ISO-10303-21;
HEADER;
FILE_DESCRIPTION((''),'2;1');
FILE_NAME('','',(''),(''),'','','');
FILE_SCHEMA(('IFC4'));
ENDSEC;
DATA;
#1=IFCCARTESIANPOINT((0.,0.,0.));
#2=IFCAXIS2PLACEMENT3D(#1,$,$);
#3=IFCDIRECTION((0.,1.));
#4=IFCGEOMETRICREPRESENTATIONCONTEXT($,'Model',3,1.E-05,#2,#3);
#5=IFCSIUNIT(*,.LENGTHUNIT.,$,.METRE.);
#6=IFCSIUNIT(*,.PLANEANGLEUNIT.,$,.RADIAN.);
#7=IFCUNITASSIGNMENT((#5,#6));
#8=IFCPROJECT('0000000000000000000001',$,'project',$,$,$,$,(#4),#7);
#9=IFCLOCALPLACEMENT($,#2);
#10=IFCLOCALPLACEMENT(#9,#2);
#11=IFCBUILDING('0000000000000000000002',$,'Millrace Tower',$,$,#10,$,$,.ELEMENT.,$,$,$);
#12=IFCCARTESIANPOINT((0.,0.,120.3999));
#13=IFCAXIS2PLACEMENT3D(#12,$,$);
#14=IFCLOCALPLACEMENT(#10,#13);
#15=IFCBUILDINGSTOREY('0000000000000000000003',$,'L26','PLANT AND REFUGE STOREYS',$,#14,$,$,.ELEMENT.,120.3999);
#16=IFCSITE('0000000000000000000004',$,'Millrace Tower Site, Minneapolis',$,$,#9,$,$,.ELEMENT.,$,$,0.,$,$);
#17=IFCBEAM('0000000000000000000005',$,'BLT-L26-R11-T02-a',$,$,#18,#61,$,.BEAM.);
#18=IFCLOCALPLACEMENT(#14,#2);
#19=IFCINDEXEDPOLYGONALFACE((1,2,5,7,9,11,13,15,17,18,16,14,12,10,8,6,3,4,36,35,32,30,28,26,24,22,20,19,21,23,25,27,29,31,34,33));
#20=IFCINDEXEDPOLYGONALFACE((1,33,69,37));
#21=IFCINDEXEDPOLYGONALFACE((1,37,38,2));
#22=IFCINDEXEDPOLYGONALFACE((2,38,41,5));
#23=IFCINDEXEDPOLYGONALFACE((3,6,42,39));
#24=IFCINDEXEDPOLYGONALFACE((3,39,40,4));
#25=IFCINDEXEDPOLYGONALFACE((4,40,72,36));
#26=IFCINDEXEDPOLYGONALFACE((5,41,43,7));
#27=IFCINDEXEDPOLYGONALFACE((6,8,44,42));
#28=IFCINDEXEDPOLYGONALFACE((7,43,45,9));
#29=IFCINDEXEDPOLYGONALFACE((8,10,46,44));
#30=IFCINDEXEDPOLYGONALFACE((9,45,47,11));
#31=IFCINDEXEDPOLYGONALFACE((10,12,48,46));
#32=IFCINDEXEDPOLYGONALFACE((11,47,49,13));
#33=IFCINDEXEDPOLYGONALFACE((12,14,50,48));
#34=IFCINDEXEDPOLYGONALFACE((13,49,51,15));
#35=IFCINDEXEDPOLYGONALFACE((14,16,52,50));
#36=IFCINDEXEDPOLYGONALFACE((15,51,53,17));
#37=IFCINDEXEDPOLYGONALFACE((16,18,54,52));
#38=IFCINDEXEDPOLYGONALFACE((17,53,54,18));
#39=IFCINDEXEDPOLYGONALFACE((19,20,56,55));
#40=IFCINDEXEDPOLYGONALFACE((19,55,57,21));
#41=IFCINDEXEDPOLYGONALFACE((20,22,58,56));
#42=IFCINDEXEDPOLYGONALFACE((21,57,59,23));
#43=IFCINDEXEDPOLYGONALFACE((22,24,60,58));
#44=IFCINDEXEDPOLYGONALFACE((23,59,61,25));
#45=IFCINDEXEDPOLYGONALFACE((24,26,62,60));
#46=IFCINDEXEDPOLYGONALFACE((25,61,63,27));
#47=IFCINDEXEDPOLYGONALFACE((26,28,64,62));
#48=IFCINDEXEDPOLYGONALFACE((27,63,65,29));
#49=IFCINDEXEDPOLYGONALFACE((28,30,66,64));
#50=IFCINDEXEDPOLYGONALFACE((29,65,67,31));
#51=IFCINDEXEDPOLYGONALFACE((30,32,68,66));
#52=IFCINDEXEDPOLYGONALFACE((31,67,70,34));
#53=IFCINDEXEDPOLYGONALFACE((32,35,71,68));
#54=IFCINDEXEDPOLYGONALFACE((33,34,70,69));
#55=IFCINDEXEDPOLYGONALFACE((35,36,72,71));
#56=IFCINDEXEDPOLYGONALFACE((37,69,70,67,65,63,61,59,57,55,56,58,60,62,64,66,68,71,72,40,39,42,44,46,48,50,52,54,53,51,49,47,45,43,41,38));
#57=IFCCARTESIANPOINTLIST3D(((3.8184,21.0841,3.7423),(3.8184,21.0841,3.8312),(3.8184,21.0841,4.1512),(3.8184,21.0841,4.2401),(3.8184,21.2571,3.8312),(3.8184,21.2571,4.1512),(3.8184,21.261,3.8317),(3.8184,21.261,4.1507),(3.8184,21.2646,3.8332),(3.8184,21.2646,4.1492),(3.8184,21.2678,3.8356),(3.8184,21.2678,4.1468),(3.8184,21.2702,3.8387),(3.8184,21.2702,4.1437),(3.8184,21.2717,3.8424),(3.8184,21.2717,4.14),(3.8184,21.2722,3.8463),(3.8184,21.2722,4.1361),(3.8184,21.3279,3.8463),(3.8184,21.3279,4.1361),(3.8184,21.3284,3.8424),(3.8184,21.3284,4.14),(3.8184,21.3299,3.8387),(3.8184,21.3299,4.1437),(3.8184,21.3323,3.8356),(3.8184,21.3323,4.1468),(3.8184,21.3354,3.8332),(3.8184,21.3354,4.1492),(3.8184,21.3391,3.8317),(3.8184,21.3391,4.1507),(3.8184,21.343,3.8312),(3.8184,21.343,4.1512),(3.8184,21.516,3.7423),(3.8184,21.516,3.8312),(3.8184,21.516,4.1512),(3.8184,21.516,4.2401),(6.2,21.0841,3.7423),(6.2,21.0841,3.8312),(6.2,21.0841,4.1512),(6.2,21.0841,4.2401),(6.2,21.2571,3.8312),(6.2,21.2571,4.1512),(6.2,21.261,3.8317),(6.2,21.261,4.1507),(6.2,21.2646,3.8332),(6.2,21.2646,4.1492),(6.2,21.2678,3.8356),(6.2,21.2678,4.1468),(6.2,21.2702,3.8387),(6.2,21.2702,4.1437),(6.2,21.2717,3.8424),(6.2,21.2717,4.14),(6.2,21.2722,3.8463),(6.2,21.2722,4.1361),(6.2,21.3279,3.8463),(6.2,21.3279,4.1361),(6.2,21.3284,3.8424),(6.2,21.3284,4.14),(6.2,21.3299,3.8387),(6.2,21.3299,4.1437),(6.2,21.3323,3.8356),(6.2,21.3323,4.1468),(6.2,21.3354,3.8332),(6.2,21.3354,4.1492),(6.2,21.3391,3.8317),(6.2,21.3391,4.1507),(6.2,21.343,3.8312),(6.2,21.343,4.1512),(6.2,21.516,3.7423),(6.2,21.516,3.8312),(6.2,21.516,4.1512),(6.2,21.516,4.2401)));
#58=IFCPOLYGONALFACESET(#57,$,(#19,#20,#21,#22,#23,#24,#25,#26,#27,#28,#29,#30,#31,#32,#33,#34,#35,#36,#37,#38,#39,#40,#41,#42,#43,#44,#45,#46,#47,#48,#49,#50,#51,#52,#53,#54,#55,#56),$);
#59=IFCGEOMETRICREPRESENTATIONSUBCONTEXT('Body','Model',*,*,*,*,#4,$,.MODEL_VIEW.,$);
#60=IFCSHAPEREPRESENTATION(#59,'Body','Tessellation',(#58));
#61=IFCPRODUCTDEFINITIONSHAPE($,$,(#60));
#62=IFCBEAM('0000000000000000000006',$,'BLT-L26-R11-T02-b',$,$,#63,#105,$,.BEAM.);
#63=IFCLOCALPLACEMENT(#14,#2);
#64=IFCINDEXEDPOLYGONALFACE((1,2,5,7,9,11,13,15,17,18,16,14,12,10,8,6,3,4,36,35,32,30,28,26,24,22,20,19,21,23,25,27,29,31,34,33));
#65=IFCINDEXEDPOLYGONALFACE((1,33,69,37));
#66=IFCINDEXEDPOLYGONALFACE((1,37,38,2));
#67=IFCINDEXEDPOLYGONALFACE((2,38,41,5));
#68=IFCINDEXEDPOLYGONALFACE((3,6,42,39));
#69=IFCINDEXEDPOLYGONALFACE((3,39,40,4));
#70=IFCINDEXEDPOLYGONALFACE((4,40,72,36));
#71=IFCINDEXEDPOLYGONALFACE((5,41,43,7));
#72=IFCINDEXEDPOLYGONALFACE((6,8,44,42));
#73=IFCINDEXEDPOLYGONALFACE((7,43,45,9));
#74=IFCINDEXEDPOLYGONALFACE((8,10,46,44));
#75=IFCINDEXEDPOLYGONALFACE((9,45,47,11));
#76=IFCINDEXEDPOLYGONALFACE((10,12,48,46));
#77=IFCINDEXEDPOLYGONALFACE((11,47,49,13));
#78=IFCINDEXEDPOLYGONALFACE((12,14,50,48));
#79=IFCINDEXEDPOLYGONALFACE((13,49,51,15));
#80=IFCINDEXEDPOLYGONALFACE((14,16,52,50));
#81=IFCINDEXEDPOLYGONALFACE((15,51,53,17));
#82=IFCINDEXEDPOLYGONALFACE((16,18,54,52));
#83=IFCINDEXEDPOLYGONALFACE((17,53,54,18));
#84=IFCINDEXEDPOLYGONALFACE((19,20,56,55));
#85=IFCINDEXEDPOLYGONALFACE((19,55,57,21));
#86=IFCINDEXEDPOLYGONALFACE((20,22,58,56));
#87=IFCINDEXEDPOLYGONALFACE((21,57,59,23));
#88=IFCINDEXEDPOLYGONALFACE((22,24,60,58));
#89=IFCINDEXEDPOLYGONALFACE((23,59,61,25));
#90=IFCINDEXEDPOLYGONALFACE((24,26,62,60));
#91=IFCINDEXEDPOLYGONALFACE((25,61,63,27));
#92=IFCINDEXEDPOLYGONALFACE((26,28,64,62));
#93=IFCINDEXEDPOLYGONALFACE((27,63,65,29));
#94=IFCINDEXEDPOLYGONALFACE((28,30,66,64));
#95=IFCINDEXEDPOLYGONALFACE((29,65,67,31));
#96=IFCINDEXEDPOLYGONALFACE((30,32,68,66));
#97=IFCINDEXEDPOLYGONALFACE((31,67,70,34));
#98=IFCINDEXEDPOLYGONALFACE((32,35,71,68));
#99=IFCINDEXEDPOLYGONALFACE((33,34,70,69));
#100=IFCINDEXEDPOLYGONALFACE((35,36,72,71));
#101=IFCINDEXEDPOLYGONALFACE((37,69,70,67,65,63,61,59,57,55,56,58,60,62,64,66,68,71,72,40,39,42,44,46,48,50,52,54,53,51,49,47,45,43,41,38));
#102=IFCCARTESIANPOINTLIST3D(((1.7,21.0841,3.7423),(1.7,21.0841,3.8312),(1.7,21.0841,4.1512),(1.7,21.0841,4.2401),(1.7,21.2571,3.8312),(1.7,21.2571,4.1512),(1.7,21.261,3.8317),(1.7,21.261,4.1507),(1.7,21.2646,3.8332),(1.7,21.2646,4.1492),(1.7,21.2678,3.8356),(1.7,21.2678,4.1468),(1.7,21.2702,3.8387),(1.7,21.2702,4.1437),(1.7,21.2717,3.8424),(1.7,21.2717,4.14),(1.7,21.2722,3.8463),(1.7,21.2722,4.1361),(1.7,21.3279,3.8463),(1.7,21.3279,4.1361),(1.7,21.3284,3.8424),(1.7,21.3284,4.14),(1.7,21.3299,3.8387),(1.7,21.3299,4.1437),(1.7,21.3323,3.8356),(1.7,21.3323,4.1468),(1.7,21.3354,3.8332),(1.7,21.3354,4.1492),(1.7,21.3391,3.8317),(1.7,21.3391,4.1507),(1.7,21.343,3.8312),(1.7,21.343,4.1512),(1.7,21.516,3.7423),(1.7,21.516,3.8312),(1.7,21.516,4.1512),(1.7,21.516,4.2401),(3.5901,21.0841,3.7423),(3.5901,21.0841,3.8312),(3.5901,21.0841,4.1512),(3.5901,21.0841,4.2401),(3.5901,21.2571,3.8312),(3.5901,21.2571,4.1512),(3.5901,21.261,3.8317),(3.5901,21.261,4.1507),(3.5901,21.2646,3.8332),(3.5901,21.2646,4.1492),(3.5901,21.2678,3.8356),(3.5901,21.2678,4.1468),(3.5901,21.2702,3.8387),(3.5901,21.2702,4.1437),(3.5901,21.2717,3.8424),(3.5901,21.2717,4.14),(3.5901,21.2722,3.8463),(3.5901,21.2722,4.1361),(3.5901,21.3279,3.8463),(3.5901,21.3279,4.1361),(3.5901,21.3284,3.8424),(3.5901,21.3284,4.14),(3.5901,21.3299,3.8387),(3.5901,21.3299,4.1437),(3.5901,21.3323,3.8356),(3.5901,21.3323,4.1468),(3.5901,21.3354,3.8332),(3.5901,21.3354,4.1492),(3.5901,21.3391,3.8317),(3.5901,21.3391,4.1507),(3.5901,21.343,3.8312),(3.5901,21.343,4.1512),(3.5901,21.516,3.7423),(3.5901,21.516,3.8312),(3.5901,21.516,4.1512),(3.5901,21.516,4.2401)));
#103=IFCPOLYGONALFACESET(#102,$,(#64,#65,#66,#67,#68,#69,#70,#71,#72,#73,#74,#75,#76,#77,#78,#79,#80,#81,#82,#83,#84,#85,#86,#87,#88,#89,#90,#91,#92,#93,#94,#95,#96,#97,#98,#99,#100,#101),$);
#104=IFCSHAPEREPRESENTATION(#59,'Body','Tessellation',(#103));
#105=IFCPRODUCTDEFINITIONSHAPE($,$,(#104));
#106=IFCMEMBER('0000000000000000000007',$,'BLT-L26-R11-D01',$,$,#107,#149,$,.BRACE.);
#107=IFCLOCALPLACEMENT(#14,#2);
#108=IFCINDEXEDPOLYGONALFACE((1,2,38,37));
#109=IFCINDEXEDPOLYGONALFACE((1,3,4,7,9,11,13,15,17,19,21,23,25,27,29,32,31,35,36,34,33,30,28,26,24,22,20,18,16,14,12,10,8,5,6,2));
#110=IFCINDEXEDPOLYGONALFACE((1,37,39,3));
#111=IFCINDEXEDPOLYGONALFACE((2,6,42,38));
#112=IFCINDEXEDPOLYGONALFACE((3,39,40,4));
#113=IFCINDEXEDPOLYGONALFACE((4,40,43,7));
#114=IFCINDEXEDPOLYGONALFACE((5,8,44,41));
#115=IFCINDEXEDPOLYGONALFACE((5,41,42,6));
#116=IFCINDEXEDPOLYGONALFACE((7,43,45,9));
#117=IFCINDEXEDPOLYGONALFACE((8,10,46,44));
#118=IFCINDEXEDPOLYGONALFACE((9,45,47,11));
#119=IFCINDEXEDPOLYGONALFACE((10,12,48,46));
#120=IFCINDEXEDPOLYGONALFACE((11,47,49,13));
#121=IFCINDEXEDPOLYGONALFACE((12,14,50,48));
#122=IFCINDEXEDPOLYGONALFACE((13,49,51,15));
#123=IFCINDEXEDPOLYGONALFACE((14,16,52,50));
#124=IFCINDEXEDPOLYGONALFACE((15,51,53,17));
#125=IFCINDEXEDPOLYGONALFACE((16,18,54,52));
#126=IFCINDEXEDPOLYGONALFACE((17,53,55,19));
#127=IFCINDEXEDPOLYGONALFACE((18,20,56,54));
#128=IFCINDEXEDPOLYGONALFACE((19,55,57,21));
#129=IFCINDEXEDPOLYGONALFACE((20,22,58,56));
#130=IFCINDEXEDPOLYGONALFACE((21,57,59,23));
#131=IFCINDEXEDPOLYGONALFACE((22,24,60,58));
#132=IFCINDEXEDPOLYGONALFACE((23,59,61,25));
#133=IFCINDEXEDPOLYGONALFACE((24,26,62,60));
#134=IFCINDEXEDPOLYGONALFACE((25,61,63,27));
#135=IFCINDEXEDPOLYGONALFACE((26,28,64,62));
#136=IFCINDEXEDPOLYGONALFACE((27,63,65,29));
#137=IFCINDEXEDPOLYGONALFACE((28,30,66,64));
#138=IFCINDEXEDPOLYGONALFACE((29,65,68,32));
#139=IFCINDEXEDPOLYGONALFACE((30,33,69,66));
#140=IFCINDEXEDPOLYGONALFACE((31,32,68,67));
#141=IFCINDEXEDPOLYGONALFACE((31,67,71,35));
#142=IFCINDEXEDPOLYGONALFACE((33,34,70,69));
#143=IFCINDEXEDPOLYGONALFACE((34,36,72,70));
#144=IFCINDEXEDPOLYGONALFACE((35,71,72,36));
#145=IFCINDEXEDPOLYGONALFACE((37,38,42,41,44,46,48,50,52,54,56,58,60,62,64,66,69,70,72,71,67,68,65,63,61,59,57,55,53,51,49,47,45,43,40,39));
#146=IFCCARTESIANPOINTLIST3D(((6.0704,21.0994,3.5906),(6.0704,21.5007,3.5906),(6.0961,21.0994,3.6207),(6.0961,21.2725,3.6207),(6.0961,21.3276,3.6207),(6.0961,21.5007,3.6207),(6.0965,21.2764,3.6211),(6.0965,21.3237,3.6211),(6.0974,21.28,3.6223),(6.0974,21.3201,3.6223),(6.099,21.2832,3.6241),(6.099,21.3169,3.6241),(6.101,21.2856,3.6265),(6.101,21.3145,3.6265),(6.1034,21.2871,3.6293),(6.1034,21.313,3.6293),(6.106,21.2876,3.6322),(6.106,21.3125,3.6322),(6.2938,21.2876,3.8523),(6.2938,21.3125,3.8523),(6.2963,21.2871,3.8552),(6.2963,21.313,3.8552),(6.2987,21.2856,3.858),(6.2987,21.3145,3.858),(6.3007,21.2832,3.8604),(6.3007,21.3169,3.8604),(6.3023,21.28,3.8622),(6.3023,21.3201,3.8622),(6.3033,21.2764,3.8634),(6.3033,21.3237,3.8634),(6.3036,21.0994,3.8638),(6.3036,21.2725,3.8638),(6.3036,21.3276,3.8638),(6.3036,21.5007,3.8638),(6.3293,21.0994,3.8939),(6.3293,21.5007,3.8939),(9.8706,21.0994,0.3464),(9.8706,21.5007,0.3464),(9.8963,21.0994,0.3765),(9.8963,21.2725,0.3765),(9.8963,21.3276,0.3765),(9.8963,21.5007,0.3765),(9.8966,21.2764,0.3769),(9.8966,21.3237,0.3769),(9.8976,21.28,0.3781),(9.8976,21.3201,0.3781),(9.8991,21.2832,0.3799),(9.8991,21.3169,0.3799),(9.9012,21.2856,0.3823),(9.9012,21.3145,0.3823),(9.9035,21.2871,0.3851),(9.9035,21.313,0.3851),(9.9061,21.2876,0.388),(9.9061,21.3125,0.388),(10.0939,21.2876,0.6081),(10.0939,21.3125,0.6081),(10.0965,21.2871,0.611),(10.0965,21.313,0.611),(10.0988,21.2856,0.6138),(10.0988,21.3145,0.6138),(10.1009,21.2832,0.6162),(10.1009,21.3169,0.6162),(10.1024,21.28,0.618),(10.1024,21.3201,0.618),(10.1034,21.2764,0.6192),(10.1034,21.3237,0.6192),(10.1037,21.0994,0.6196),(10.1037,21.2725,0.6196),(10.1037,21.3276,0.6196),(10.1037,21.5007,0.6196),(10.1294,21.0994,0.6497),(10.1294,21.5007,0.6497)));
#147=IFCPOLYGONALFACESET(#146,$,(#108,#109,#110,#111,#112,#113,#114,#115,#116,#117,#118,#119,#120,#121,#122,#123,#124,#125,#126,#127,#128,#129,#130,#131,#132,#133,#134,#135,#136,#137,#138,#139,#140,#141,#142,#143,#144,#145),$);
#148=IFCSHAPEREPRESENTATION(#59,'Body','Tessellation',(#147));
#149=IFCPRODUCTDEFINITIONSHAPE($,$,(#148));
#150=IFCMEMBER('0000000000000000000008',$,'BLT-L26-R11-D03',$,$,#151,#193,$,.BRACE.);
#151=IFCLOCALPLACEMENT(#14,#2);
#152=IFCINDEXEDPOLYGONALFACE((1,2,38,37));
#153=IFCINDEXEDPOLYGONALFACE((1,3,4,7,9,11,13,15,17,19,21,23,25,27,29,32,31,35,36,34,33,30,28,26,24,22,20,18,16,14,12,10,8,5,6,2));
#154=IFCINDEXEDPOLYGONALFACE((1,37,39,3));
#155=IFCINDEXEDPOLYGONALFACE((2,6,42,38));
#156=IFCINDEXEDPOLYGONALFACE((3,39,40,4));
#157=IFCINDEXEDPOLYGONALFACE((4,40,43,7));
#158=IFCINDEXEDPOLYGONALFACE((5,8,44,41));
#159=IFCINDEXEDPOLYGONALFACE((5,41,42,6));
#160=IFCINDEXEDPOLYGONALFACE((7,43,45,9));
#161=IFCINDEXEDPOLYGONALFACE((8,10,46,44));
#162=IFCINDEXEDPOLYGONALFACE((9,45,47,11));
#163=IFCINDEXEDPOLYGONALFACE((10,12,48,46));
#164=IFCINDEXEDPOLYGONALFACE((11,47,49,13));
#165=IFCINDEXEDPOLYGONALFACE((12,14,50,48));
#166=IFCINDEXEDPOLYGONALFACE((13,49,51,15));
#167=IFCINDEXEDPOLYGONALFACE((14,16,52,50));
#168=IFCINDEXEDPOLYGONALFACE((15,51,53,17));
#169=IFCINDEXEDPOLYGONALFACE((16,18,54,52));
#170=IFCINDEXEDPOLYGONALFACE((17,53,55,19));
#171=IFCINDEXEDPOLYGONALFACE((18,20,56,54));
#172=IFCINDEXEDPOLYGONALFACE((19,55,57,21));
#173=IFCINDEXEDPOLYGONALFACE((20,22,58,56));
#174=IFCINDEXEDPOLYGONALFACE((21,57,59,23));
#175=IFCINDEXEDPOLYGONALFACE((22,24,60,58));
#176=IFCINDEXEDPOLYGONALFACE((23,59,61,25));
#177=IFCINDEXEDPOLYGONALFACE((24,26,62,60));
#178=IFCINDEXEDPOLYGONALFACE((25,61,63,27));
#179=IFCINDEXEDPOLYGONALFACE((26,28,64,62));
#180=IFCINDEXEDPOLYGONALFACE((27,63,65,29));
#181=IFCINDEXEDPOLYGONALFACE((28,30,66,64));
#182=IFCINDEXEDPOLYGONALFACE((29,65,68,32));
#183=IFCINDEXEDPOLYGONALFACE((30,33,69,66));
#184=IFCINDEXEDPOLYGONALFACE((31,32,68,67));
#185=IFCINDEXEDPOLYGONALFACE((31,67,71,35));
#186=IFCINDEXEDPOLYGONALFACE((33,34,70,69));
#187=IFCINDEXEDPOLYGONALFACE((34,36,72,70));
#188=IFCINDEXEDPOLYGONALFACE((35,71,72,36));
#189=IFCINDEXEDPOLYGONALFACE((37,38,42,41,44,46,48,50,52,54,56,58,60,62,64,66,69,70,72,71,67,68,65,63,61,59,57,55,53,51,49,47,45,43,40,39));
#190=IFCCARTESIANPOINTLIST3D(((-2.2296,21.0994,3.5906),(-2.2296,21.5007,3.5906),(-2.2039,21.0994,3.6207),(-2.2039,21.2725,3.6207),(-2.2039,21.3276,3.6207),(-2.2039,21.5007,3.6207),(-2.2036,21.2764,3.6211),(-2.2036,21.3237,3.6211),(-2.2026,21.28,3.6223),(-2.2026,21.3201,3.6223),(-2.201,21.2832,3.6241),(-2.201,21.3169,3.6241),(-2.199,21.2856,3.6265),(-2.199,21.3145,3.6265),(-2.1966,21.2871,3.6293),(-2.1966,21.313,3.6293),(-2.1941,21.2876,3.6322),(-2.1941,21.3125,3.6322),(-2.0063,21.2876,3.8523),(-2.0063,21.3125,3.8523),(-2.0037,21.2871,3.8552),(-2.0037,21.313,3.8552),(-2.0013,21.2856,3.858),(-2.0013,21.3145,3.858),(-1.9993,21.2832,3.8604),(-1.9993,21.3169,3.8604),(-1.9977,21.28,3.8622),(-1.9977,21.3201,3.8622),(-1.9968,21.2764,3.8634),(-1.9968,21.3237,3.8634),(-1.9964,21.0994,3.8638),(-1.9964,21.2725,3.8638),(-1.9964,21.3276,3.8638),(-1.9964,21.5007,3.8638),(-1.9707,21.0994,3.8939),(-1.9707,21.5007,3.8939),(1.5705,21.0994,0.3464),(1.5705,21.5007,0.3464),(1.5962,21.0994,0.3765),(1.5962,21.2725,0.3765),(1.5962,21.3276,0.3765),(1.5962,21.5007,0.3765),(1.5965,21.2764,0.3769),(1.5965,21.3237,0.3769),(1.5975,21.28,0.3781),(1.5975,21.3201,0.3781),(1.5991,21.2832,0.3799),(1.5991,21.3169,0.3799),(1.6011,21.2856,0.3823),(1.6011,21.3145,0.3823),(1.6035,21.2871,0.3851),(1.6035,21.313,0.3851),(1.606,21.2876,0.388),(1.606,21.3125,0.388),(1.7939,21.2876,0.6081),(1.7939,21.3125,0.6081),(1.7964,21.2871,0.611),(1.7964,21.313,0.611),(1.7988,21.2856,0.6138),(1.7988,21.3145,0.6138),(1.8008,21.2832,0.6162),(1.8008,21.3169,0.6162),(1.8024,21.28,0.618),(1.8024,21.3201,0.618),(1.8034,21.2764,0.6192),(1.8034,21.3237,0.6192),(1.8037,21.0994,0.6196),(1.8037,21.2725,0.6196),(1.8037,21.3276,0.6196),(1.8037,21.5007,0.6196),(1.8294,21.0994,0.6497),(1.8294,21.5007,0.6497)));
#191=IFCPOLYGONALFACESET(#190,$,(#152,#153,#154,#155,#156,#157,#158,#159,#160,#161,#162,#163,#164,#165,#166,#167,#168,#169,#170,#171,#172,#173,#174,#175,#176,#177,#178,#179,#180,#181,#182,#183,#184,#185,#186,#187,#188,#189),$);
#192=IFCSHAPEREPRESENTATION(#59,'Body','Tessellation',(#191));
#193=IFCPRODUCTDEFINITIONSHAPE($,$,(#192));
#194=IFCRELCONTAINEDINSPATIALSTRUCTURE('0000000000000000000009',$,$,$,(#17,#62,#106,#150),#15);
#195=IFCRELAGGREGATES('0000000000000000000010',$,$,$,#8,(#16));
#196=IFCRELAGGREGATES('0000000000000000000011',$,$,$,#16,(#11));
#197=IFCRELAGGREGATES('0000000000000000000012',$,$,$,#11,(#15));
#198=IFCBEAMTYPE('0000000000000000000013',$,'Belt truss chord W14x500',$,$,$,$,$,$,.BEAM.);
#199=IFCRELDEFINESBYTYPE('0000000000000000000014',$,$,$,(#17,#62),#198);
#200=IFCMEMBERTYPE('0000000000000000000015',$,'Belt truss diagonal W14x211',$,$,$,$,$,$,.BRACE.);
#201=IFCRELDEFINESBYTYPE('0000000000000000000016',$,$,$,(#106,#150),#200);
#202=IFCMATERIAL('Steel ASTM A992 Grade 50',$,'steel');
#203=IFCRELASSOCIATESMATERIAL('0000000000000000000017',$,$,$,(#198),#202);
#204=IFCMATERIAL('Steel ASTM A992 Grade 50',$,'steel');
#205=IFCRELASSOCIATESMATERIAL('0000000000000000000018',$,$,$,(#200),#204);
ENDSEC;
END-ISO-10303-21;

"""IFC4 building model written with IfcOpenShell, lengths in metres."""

from ifc_helpers import new_model, si_unit, direction, frame, origin, origin_2d, place, context, subcontext, project, spatial, i_section, extrude, material, material_profile, profile_set, type_object, element, save


model = new_model("IFC4")

# Units and contexts
model_context = context("Model", 3, precision=1e-05, world=origin(), true_north=direction((0.0, 1.0)))
body_context = subcontext(model_context, "Body", "Model", "MODEL_VIEW")
ifc_project = project(units=[si_unit("LENGTHUNIT", "METRE"), si_unit("PLANEANGLEUNIT", "RADIAN")], contexts=[model_context])

# Site, building, storey
site_placement = place(None, origin())
site = spatial("IfcSite", under=ifc_project, at=site_placement, Name="Millrace Tower Site, Minneapolis", CompositionType="ELEMENT", RefElevation=0.0)
building_placement = place(site_placement, origin())
building = spatial("IfcBuilding", under=site, at=building_placement, Name="Millrace Tower", CompositionType="ELEMENT")
storey_placement = place(building_placement, frame((0.0, 0.0, 120.3999)))
storey = spatial("IfcBuildingStorey", under=building, at=storey_placement, Name="L26", Description="PLANT AND REFUGE STOREYS", CompositionType="ELEMENT", Elevation=120.3999)

# Beams
ifc_material_1 = material(Name="Steel ASTM A992 Grade 50", Category="steel")
ifc_material_profile_1 = material_profile(ifc_material_1, i_section(OverallWidth=0.4319, OverallDepth=0.4978, WebThickness=0.0557, FlangeThickness=0.0889, FilletRadius=0.0151, at=origin_2d()))
ifc_profile_set_1 = profile_set([ifc_material_profile_1], Name="Steel ASTM A992 Grade 50")
beam_type_1 = type_object("IfcBeamType", Name="Belt truss chord W14x500", PredefinedType="BEAM", material=ifc_profile_set_1)
beam_1_placement = place(storey_placement, frame((6.2, 21.3, 3.9912), z_axis=(-1.0, 0.0, 0.0), x_axis=(0.0, -1.0, 0.0)))
element("IfcBeam", 1, at=beam_1_placement, inside=storey, type_object=beam_type_1, Name="BLT-L26-R11-T02-a", PredefinedType="BEAM", context=body_context, shape_type="SweptSolid", body=[
    extrude(i_section(OverallWidth=0.4319, OverallDepth=0.4978, WebThickness=0.0557, FlangeThickness=0.0889, FilletRadius=0.0151, at=origin_2d()), origin(), (0.0, 0.0, 1.0), 2.3816),
])
beam_2_placement = place(storey_placement, frame((3.5901, 21.3, 3.9912), z_axis=(-1.0, 0.0, 0.0), x_axis=(0.0, -1.0, 0.0)))
element("IfcBeam", 2, at=beam_2_placement, inside=storey, type_object=beam_type_1, Name="BLT-L26-R11-T02-b", PredefinedType="BEAM", context=body_context, shape_type="SweptSolid", body=[
    extrude(i_section(OverallWidth=0.4319, OverallDepth=0.4978, WebThickness=0.0557, FlangeThickness=0.0889, FilletRadius=0.0151, at=origin_2d()), origin(), (0.0, 0.0, 1.0), 1.8901),
])

# Members
ifc_material_2 = material(Name="Steel ASTM A992 Grade 50", Category="steel")
ifc_material_profile_2 = material_profile(ifc_material_2, i_section(OverallWidth=0.4014, OverallDepth=0.3987, WebThickness=0.0249, FlangeThickness=0.0396, FilletRadius=0.0151, at=origin_2d()))
ifc_profile_set_2 = profile_set([ifc_material_profile_2], Name="Steel ASTM A992 Grade 50")
member_type_1 = type_object("IfcMemberType", Name="Belt truss diagonal W14x211", PredefinedType="BRACE", material=ifc_profile_set_2)
for number, where, z_axis, x_axis, name in (
    (3, (10.0, 21.3, 0.498), (-0.760545, 0.0, 0.649285), (0.0, -1.0, 0.0), "BLT-L26-R11-D01"),
    (4, (1.7, 21.3, 0.498), (-0.760545, 0.0, 0.649285), (0.0, -1.0, 0.0), "BLT-L26-R11-D03"),
):
    element("IfcMember", number, at=place(storey_placement, frame(where, z_axis=z_axis, x_axis=x_axis)), inside=storey, type_object=member_type_1, Name=name, PredefinedType="BRACE", context=body_context, shape_type="SweptSolid", body=[
        extrude(i_section(OverallWidth=0.4014, OverallDepth=0.3987, WebThickness=0.0249, FlangeThickness=0.0396, FilletRadius=0.0151, at=origin_2d()), origin(), (0.0, 0.0, 1.0), 4.9966),
    ])

save(model, "model.ifc")
